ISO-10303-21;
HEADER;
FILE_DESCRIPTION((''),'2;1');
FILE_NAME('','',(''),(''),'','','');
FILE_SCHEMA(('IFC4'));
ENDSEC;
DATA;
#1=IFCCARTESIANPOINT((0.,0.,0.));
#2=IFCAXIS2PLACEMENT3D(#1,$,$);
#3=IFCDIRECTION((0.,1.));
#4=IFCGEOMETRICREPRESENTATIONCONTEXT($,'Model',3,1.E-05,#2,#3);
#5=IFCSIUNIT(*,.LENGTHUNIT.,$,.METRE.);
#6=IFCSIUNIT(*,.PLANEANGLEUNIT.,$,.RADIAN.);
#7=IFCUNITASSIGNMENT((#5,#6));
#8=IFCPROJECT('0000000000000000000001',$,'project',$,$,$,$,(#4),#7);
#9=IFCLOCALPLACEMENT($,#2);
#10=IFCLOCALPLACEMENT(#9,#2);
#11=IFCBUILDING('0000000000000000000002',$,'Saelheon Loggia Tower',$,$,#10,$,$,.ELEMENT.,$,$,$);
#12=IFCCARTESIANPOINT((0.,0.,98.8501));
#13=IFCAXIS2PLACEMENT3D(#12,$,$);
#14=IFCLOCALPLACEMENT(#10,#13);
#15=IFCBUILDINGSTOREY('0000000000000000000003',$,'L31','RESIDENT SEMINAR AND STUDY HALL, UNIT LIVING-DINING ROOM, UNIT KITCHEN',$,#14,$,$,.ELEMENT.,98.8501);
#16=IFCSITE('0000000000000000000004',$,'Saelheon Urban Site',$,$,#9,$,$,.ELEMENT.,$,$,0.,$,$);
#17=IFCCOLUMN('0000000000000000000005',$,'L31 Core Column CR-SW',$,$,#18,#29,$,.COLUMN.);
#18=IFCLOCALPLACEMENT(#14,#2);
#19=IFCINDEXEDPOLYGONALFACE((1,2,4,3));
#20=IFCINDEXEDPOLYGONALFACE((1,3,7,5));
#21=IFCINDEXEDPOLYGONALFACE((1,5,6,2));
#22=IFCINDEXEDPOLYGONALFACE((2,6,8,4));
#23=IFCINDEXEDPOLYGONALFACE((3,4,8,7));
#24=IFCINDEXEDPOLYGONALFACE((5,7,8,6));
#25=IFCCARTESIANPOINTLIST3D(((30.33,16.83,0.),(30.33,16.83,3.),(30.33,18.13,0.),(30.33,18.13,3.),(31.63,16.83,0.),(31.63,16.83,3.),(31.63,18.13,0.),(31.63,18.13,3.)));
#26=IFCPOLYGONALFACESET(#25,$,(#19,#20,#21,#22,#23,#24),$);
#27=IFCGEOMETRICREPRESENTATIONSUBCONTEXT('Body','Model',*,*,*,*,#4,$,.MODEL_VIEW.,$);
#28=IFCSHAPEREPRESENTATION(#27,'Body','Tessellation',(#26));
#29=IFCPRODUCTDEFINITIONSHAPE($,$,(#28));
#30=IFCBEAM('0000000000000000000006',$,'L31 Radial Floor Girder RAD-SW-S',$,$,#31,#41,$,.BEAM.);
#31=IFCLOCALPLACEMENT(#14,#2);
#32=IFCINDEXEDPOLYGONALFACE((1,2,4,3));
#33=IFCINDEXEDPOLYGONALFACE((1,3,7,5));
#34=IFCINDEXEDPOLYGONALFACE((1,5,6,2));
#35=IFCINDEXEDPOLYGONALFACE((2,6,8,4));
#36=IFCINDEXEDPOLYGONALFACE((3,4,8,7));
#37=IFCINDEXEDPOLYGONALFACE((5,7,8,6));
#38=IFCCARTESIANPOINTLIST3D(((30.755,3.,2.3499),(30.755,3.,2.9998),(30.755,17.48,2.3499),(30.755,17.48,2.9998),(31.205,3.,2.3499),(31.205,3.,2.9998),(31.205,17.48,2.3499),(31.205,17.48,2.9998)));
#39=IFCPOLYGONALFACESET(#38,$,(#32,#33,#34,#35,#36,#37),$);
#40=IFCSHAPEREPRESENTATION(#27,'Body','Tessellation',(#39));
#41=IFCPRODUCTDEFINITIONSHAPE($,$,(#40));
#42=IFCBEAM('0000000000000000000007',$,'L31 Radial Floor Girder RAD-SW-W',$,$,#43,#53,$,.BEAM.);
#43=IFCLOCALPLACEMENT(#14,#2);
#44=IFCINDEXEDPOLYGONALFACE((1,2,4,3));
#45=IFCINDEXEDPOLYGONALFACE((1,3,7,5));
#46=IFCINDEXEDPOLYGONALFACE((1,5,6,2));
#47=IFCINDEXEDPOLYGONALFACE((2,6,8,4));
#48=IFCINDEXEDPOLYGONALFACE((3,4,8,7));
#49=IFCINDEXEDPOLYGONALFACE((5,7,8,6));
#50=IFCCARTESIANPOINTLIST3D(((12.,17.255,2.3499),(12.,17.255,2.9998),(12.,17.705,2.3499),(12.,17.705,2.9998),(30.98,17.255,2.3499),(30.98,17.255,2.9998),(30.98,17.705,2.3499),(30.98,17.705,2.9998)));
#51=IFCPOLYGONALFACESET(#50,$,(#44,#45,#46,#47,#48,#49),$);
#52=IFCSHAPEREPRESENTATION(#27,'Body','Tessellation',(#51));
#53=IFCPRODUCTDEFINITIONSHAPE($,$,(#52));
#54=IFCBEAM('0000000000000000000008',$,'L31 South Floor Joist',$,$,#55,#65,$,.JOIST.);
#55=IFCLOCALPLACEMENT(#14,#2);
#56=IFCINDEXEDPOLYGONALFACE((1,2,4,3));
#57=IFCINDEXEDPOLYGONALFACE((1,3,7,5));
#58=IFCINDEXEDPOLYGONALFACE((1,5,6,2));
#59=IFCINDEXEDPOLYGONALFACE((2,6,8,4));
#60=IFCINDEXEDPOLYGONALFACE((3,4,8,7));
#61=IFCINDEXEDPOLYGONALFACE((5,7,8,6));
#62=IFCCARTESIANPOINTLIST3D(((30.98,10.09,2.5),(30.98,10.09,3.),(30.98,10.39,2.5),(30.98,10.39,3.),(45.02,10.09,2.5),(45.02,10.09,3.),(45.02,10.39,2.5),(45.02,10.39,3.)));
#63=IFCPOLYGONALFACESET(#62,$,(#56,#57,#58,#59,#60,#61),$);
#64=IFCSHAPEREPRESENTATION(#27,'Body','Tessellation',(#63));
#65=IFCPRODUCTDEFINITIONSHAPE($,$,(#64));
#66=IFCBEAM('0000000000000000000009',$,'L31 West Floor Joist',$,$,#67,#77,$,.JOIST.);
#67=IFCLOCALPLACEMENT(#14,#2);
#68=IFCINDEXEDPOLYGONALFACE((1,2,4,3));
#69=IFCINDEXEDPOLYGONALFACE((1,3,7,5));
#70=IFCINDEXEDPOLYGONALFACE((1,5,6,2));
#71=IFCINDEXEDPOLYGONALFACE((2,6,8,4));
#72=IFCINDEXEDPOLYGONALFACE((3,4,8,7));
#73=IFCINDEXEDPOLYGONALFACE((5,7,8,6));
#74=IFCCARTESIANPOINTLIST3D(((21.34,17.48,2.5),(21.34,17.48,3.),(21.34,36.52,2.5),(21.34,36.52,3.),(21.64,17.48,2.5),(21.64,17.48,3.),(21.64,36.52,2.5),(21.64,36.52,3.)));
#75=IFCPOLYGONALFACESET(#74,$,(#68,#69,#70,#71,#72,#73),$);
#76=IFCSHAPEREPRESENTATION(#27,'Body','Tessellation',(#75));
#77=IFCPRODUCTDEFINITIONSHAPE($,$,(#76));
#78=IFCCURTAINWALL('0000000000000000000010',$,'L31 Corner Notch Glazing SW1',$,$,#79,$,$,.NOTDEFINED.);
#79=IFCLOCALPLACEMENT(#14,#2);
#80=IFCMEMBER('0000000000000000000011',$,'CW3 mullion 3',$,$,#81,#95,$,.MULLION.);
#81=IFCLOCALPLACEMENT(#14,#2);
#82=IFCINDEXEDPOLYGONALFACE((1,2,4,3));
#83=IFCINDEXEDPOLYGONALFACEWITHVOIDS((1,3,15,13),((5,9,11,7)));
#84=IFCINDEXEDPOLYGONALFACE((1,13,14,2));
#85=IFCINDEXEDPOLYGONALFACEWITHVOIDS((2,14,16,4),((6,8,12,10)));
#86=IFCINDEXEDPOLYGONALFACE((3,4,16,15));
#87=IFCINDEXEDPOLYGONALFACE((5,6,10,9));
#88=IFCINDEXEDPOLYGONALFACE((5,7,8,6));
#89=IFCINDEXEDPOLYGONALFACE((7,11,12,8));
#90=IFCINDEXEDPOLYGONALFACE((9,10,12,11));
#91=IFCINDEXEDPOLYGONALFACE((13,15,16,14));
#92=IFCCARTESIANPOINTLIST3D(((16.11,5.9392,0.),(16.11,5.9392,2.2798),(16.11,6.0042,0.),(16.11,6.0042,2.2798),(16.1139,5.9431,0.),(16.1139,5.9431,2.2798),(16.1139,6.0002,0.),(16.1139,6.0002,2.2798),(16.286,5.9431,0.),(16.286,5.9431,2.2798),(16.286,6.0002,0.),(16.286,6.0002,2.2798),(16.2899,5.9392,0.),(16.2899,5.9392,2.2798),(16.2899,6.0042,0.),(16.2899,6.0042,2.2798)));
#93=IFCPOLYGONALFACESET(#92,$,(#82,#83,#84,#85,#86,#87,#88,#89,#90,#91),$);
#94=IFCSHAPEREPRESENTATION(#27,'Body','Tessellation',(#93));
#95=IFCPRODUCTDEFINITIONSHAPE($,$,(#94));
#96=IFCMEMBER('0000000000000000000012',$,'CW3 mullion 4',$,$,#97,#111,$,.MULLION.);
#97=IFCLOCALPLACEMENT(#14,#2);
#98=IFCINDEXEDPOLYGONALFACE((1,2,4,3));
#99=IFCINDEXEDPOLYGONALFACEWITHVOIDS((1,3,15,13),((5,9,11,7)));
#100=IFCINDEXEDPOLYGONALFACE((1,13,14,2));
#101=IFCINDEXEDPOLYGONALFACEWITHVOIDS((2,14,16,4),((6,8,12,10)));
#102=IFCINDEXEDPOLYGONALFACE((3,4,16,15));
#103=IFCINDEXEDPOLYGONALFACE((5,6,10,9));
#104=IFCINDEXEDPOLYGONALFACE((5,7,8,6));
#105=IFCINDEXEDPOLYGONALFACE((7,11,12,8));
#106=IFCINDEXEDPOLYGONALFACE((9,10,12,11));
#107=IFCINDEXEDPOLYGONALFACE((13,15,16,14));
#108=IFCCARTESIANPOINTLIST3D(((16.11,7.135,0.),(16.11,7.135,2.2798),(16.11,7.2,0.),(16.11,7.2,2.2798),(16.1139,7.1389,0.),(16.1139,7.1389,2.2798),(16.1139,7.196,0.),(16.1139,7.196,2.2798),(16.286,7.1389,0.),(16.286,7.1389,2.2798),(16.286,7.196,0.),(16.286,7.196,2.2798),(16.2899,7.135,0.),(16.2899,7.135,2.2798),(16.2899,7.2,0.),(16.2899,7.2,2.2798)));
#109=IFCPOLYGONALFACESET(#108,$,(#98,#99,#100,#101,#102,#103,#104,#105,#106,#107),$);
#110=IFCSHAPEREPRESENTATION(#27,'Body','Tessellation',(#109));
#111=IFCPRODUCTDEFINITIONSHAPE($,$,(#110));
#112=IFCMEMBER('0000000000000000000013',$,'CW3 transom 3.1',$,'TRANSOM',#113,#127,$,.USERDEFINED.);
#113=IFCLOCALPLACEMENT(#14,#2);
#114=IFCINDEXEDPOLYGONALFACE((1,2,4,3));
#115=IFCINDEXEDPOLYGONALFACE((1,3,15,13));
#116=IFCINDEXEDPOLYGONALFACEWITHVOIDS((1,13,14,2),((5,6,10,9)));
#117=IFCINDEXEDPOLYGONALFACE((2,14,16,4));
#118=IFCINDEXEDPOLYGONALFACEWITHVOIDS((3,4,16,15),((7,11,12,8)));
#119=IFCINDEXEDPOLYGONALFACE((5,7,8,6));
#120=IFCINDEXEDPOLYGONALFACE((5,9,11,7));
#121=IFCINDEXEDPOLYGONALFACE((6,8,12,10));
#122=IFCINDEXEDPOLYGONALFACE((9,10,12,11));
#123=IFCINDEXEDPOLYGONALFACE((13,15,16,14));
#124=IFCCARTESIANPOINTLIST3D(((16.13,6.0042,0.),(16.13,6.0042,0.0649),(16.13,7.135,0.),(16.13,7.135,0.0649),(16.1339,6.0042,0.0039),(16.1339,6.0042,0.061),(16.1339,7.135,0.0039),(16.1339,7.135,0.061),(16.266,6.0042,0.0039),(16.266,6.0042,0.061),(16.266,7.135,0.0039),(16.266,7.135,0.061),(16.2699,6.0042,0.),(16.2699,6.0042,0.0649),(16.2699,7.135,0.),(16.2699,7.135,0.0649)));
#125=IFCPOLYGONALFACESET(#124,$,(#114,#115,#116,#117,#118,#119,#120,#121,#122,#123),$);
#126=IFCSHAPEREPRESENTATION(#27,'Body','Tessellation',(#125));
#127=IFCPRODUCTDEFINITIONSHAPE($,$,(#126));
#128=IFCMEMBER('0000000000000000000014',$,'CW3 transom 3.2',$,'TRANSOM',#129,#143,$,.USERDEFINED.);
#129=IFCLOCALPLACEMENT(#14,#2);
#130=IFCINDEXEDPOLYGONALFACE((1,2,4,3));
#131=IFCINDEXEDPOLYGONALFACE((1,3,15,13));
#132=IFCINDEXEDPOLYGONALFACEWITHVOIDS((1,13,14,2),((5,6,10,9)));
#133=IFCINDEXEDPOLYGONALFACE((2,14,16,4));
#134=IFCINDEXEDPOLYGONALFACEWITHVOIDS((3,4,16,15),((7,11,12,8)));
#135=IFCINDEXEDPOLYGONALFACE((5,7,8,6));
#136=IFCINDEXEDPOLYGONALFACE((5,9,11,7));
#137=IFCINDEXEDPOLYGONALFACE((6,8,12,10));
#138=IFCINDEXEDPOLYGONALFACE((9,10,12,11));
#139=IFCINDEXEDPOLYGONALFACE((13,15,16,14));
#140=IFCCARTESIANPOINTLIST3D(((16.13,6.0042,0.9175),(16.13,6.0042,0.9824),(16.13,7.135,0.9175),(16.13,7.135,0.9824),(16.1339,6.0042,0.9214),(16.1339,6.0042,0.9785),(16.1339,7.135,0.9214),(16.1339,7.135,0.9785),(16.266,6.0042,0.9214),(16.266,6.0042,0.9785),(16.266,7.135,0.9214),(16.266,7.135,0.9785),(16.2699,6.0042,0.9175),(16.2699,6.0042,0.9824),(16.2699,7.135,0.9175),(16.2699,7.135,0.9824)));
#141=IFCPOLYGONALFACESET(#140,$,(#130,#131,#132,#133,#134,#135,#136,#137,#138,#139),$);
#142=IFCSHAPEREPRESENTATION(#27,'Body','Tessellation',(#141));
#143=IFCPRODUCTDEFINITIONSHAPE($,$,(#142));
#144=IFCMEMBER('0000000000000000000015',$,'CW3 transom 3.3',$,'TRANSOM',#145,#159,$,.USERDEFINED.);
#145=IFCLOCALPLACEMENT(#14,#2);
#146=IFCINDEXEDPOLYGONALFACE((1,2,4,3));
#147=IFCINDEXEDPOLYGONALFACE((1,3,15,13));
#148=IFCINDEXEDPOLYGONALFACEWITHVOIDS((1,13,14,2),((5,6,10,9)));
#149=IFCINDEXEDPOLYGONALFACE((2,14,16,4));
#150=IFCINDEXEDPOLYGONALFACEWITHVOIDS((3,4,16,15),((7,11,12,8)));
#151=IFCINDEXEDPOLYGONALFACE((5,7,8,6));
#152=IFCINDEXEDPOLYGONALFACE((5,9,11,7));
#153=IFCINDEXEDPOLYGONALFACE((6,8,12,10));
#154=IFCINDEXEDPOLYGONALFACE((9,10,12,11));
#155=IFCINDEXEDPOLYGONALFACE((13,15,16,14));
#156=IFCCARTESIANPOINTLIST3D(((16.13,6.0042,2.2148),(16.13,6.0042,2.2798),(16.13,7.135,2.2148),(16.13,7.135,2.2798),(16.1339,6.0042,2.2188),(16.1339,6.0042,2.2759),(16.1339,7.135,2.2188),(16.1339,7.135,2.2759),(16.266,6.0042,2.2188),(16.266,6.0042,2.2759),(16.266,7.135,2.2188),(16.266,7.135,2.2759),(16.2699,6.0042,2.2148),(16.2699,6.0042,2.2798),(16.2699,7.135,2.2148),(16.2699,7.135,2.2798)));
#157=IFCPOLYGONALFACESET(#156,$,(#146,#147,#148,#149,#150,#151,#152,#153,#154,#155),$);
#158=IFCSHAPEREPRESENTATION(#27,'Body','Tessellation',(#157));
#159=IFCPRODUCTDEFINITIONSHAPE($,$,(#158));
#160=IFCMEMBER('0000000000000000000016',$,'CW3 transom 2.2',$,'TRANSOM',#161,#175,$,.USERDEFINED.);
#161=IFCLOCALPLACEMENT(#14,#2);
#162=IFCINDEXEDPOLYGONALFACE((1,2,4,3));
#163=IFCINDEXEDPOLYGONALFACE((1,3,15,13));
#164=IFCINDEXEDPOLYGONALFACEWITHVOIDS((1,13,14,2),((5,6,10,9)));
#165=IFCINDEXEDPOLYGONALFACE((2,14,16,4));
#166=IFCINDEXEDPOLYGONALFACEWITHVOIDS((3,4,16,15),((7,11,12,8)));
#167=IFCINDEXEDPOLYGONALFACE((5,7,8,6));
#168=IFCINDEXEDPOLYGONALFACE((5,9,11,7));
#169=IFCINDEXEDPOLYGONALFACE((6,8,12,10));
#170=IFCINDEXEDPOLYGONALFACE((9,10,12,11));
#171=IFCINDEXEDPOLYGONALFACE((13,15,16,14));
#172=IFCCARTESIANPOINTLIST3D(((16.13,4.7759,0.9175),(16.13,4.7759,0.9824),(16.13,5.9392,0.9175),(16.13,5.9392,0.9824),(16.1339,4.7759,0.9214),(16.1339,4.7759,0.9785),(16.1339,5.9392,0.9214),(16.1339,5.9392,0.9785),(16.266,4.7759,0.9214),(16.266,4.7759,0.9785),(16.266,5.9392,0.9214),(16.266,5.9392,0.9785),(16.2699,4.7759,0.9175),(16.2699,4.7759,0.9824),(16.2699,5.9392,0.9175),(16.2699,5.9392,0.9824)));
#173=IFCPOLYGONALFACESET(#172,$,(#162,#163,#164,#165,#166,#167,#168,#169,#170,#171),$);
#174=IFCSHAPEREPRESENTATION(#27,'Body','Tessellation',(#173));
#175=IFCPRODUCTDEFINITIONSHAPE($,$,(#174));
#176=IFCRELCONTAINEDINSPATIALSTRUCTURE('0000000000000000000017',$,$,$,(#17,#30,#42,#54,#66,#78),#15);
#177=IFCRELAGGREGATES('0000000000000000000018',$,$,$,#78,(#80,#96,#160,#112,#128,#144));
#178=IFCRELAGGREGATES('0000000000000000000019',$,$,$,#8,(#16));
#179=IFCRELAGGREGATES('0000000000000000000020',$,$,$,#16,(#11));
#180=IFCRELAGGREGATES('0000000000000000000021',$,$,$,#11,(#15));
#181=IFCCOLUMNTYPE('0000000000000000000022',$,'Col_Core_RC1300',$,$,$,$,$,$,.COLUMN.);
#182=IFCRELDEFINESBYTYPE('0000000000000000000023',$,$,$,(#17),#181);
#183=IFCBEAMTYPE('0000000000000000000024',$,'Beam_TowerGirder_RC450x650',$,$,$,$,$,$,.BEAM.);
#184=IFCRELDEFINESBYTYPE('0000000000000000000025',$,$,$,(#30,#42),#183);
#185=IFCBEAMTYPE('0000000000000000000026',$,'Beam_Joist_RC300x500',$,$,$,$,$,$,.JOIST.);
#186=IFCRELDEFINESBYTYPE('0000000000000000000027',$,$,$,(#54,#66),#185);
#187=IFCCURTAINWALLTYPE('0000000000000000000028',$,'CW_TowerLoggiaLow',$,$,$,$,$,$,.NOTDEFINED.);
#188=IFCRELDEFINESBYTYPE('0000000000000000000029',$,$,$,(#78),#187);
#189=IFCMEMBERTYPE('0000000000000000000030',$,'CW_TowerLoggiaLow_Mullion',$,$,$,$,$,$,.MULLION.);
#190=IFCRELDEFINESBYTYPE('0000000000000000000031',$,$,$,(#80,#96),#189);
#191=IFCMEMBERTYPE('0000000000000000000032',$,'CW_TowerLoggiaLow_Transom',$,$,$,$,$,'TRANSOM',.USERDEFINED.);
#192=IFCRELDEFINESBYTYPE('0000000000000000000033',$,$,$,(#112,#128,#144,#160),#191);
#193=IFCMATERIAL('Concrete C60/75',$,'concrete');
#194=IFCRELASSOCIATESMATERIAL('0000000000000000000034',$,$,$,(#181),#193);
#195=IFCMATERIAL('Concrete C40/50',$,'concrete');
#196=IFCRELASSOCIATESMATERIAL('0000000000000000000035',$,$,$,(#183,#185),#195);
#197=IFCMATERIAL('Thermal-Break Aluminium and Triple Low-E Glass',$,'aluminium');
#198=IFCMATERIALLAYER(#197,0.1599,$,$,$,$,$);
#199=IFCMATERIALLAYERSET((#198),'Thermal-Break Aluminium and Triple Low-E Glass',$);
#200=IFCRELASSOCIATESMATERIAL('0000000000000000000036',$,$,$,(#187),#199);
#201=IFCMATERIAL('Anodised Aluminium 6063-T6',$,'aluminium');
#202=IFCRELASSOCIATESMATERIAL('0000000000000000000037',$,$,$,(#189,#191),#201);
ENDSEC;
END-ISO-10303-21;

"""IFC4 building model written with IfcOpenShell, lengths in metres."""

from ifc_helpers import new_model, si_unit, direction, frame, origin, origin_2d, place, context, subcontext, project, spatial, rectangle, hollow_rectangle, extrude, source, transform, mapped, material, layer, layer_set, material_profile, profile_set, type_object, element, aggregate, save


model = new_model("IFC4")

# Units and contexts
model_context = context("Model", 3, precision=1e-05, world=origin(), true_north=direction((0.0, 1.0)))
body_context = subcontext(model_context, "Body", "Model", "MODEL_VIEW")
ifc_project = project(units=[si_unit("LENGTHUNIT", "METRE"), si_unit("PLANEANGLEUNIT", "RADIAN")], contexts=[model_context])

# Site, building, storey
site_placement = place(None, origin())
site = spatial("IfcSite", under=ifc_project, at=site_placement, Name="Saelheon Urban Site", CompositionType="ELEMENT", RefElevation=0.0)
building_placement = place(site_placement, origin())
building = spatial("IfcBuilding", under=site, at=building_placement, Name="Saelheon Loggia Tower", CompositionType="ELEMENT")
storey_placement = place(building_placement, frame((0.0, 0.0, 98.8501)))
storey = spatial("IfcBuildingStorey", under=building, at=storey_placement, Name="L31", Description="RESIDENT SEMINAR AND STUDY HALL, UNIT LIVING-DINING ROOM, UNIT KITCHEN", CompositionType="ELEMENT", Elevation=98.8501)

# Column
ifc_material_1 = material(Name="Concrete C60/75", Category="concrete")
ifc_material_profile_1 = material_profile(ifc_material_1, rectangle(XDim=1.3, YDim=1.3, at=origin_2d()), Name="RC-1300x1300")
ifc_profile_set_1 = profile_set([ifc_material_profile_1], Name="Concrete C60/75")
column_type = type_object("IfcColumnType", Name="Col_Core_RC1300", PredefinedType="COLUMN", material=ifc_profile_set_1)
shared_shape_1 = source(origin(), body_context, "Body", "SweptSolid", [
    extrude(rectangle(XDim=1.3, YDim=1.3, at=origin_2d()), origin(), (0.0, 0.0, 1.0), 3.0),
])
column_placement = place(storey_placement, frame((30.98, 17.48, 0.0), z_axis=(0.0, 0.0, 1.0), x_axis=(1.0, 0.0, 0.0)))
element("IfcColumn", 1, at=column_placement, inside=storey, type_object=column_type, Name="L31 Core Column CR-SW", PredefinedType="COLUMN", context=body_context, shape_type="MappedRepresentation", body=[
    mapped(shared_shape_1, transform((0.0, 0.0, 0.0), scale=1.0)),
])

# Beams
ifc_material_2 = material(Name="Concrete C40/50", Category="concrete")
ifc_material_profile_2 = material_profile(ifc_material_2, rectangle(XDim=0.45, YDim=0.6499, at=origin_2d()), Name="RC-450x650")
ifc_profile_set_2 = profile_set([ifc_material_profile_2], Name="Concrete C40/50")
beam_type_1 = type_object("IfcBeamType", Name="Beam_TowerGirder_RC450x650", PredefinedType="BEAM", material=ifc_profile_set_2)
shared_shape_2 = source(origin(), body_context, "Body", "SweptSolid", [
    extrude(rectangle(XDim=0.45, YDim=0.6499, at=origin_2d()), origin(), (0.0, 0.0, 1.0), 14.48),
])
beam_1_placement = place(storey_placement, frame((30.98, 17.48, 2.6748), z_axis=(0.0, -1.0, 0.0), x_axis=(1.0, 0.0, 0.0)))
element("IfcBeam", 2, at=beam_1_placement, inside=storey, type_object=beam_type_1, Name="L31 Radial Floor Girder RAD-SW-S", PredefinedType="BEAM", context=body_context, shape_type="MappedRepresentation", body=[
    mapped(shared_shape_2, transform((0.0, 0.0, 0.0), scale=1.0)),
])
shared_shape_3 = source(origin(), body_context, "Body", "SweptSolid", [
    extrude(rectangle(XDim=0.45, YDim=0.6499, at=origin_2d()), origin(), (0.0, 0.0, 1.0), 18.98),
])
beam_2_placement = place(storey_placement, frame((30.98, 17.48, 2.6748), z_axis=(-1.0, 0.0, 0.0), x_axis=(0.0, -1.0, 0.0)))
element("IfcBeam", 3, at=beam_2_placement, inside=storey, type_object=beam_type_1, Name="L31 Radial Floor Girder RAD-SW-W", PredefinedType="BEAM", context=body_context, shape_type="MappedRepresentation", body=[
    mapped(shared_shape_3, transform((0.0, 0.0, 0.0), scale=1.0)),
])
ifc_material_profile_3 = material_profile(ifc_material_2, rectangle(XDim=0.3, YDim=0.5, at=origin_2d()), Name="RC-300x500")
ifc_profile_set_3 = profile_set([ifc_material_profile_3], Name="Concrete C40/50")
beam_type_2 = type_object("IfcBeamType", Name="Beam_Joist_RC300x500", PredefinedType="JOIST", material=ifc_profile_set_3)
shared_shape_4 = source(origin(), body_context, "Body", "SweptSolid", [
    extrude(rectangle(XDim=0.3, YDim=0.5, at=origin_2d()), origin(), (0.0, 0.0, 1.0), 14.04),
])
beam_3_placement = place(storey_placement, frame((30.98, 10.24, 2.75), z_axis=(1.0, 0.0, 0.0), x_axis=(0.0, 1.0, 0.0)))
element("IfcBeam", 4, at=beam_3_placement, inside=storey, type_object=beam_type_2, Name="L31 South Floor Joist", PredefinedType="JOIST", context=body_context, shape_type="MappedRepresentation", body=[
    mapped(shared_shape_4, transform((0.0, 0.0, 0.0), scale=1.0)),
])
shared_shape_5 = source(origin(), body_context, "Body", "SweptSolid", [
    extrude(rectangle(XDim=0.3, YDim=0.5, at=origin_2d()), origin(), (0.0, 0.0, 1.0), 19.04),
])
beam_4_placement = place(storey_placement, frame((21.49, 17.48, 2.75), z_axis=(0.0, 1.0, 0.0), x_axis=(-1.0, 0.0, 0.0)))
element("IfcBeam", 5, at=beam_4_placement, inside=storey, type_object=beam_type_2, Name="L31 West Floor Joist", PredefinedType="JOIST", context=body_context, shape_type="MappedRepresentation", body=[
    mapped(shared_shape_5, transform((0.0, 0.0, 0.0), scale=1.0)),
])

# Curtain wall, members
ifc_material_3 = material(Name="Thermal-Break Aluminium and Triple Low-E Glass", Category="aluminium")
ifc_layer_1 = layer(ifc_material_3, 0.1599)
ifc_layer_set_1 = layer_set([ifc_layer_1], Name="Thermal-Break Aluminium and Triple Low-E Glass")
curtain_wall_type = type_object("IfcCurtainWallType", Name="CW_TowerLoggiaLow", PredefinedType="NOTDEFINED", material=ifc_layer_set_1)
curtain_wall_placement = place(storey_placement, origin())
curtain_wall = element("IfcCurtainWall", 6, at=curtain_wall_placement, inside=storey, type_object=curtain_wall_type, Name="L31 Corner Notch Glazing SW1", PredefinedType="NOTDEFINED")
ifc_material_4 = material(Name="Anodised Aluminium 6063-T6", Category="aluminium")
ifc_material_profile_4 = material_profile(ifc_material_4, hollow_rectangle(XDim=0.0649, YDim=0.1799, WallThickness=0.0039, at=origin_2d()), Name="RHS-180x65x4")
ifc_profile_set_4 = profile_set([ifc_material_profile_4], Name="Anodised Aluminium 6063-T6")
member_type_1 = type_object("IfcMemberType", Name="CW_TowerLoggiaLow_Mullion", PredefinedType="MULLION", material=ifc_profile_set_4)
shared_shape_6 = source(origin(), body_context, "Body", "SweptSolid", [
    extrude(hollow_rectangle(XDim=0.0649, YDim=0.1799, WallThickness=0.0039, at=origin_2d()), origin(), (0.0, 0.0, 1.0), 2.2798),
])
member_1_placement = place(storey_placement, frame((16.2, 5.9717, 0.0), z_axis=(0.0, 0.0, 1.0), x_axis=(0.0, 1.0, 0.0)))
member_1 = element("IfcMember", 7, at=member_1_placement, type_object=member_type_1, Name="CW3 mullion 3", PredefinedType="MULLION", context=body_context, shape_type="MappedRepresentation", body=[
    mapped(shared_shape_6, transform((0.0, 0.0, 0.0), scale=1.0)),
])
member_2_placement = place(storey_placement, frame((16.2, 7.1675, 0.0), z_axis=(0.0, 0.0, 1.0), x_axis=(0.0, 1.0, 0.0)))
member_2 = element("IfcMember", 8, at=member_2_placement, type_object=member_type_1, Name="CW3 mullion 4", PredefinedType="MULLION", context=body_context, shape_type="MappedRepresentation", body=[
    mapped(shared_shape_6, transform((0.0, 0.0, 0.0), scale=1.0)),
])
ifc_material_profile_5 = material_profile(ifc_material_4, hollow_rectangle(XDim=0.0649, YDim=0.1399, WallThickness=0.0039, at=origin_2d()), Name="RHS-140x65x4")
ifc_profile_set_5 = profile_set([ifc_material_profile_5], Name="Anodised Aluminium 6063-T6")
member_type_2 = type_object("IfcMemberType", Name="CW_TowerLoggiaLow_Transom", ElementType="TRANSOM", PredefinedType="USERDEFINED", material=ifc_profile_set_5)
shared_shape_7 = source(origin(), body_context, "Body", "SweptSolid", [
    extrude(hollow_rectangle(XDim=0.0649, YDim=0.1399, WallThickness=0.0039, at=origin_2d()), origin(), (0.0, 0.0, 1.0), 1.1309),
])
member_3_placement = place(storey_placement, frame((16.2, 6.0042, 0.0325), z_axis=(0.0, 1.0, 0.0), x_axis=(0.0, 0.0, 1.0)))
member_3 = element("IfcMember", 9, at=member_3_placement, type_object=member_type_2, Name="CW3 transom 3.1", ObjectType="TRANSOM", PredefinedType="USERDEFINED", context=body_context, shape_type="MappedRepresentation", body=[
    mapped(shared_shape_7, transform((0.0, 0.0, 0.0), scale=1.0)),
])
member_4_placement = place(storey_placement, frame((16.2, 6.0042, 0.95), z_axis=(0.0, 1.0, 0.0), x_axis=(0.0, 0.0, 1.0)))
member_4 = element("IfcMember", 10, at=member_4_placement, type_object=member_type_2, Name="CW3 transom 3.2", ObjectType="TRANSOM", PredefinedType="USERDEFINED", context=body_context, shape_type="MappedRepresentation", body=[
    mapped(shared_shape_7, transform((0.0, 0.0, 0.0), scale=1.0)),
])
member_5_placement = place(storey_placement, frame((16.2, 6.0042, 2.2473), z_axis=(0.0, 1.0, 0.0), x_axis=(0.0, 0.0, 1.0)))
member_5 = element("IfcMember", 11, at=member_5_placement, type_object=member_type_2, Name="CW3 transom 3.3", ObjectType="TRANSOM", PredefinedType="USERDEFINED", context=body_context, shape_type="MappedRepresentation", body=[
    mapped(shared_shape_7, transform((0.0, 0.0, 0.0), scale=1.0)),
])
shared_shape_8 = source(origin(), body_context, "Body", "SweptSolid", [
    extrude(hollow_rectangle(XDim=0.0649, YDim=0.1399, WallThickness=0.0039, at=origin_2d()), origin(), (0.0, 0.0, 1.0), 1.1633),
])
member_6_placement = place(storey_placement, frame((16.2, 4.7759, 0.95), z_axis=(0.0, 1.0, 0.0), x_axis=(0.0, 0.0, 1.0)))
member_6 = element("IfcMember", 12, at=member_6_placement, type_object=member_type_2, Name="CW3 transom 2.2", ObjectType="TRANSOM", PredefinedType="USERDEFINED", context=body_context, shape_type="MappedRepresentation", body=[
    mapped(shared_shape_8, transform((0.0, 0.0, 0.0), scale=1.0)),
])
aggregate(curtain_wall, [member_1, member_2, member_6, member_3, member_4, member_5])

save(model, "model.ifc")
